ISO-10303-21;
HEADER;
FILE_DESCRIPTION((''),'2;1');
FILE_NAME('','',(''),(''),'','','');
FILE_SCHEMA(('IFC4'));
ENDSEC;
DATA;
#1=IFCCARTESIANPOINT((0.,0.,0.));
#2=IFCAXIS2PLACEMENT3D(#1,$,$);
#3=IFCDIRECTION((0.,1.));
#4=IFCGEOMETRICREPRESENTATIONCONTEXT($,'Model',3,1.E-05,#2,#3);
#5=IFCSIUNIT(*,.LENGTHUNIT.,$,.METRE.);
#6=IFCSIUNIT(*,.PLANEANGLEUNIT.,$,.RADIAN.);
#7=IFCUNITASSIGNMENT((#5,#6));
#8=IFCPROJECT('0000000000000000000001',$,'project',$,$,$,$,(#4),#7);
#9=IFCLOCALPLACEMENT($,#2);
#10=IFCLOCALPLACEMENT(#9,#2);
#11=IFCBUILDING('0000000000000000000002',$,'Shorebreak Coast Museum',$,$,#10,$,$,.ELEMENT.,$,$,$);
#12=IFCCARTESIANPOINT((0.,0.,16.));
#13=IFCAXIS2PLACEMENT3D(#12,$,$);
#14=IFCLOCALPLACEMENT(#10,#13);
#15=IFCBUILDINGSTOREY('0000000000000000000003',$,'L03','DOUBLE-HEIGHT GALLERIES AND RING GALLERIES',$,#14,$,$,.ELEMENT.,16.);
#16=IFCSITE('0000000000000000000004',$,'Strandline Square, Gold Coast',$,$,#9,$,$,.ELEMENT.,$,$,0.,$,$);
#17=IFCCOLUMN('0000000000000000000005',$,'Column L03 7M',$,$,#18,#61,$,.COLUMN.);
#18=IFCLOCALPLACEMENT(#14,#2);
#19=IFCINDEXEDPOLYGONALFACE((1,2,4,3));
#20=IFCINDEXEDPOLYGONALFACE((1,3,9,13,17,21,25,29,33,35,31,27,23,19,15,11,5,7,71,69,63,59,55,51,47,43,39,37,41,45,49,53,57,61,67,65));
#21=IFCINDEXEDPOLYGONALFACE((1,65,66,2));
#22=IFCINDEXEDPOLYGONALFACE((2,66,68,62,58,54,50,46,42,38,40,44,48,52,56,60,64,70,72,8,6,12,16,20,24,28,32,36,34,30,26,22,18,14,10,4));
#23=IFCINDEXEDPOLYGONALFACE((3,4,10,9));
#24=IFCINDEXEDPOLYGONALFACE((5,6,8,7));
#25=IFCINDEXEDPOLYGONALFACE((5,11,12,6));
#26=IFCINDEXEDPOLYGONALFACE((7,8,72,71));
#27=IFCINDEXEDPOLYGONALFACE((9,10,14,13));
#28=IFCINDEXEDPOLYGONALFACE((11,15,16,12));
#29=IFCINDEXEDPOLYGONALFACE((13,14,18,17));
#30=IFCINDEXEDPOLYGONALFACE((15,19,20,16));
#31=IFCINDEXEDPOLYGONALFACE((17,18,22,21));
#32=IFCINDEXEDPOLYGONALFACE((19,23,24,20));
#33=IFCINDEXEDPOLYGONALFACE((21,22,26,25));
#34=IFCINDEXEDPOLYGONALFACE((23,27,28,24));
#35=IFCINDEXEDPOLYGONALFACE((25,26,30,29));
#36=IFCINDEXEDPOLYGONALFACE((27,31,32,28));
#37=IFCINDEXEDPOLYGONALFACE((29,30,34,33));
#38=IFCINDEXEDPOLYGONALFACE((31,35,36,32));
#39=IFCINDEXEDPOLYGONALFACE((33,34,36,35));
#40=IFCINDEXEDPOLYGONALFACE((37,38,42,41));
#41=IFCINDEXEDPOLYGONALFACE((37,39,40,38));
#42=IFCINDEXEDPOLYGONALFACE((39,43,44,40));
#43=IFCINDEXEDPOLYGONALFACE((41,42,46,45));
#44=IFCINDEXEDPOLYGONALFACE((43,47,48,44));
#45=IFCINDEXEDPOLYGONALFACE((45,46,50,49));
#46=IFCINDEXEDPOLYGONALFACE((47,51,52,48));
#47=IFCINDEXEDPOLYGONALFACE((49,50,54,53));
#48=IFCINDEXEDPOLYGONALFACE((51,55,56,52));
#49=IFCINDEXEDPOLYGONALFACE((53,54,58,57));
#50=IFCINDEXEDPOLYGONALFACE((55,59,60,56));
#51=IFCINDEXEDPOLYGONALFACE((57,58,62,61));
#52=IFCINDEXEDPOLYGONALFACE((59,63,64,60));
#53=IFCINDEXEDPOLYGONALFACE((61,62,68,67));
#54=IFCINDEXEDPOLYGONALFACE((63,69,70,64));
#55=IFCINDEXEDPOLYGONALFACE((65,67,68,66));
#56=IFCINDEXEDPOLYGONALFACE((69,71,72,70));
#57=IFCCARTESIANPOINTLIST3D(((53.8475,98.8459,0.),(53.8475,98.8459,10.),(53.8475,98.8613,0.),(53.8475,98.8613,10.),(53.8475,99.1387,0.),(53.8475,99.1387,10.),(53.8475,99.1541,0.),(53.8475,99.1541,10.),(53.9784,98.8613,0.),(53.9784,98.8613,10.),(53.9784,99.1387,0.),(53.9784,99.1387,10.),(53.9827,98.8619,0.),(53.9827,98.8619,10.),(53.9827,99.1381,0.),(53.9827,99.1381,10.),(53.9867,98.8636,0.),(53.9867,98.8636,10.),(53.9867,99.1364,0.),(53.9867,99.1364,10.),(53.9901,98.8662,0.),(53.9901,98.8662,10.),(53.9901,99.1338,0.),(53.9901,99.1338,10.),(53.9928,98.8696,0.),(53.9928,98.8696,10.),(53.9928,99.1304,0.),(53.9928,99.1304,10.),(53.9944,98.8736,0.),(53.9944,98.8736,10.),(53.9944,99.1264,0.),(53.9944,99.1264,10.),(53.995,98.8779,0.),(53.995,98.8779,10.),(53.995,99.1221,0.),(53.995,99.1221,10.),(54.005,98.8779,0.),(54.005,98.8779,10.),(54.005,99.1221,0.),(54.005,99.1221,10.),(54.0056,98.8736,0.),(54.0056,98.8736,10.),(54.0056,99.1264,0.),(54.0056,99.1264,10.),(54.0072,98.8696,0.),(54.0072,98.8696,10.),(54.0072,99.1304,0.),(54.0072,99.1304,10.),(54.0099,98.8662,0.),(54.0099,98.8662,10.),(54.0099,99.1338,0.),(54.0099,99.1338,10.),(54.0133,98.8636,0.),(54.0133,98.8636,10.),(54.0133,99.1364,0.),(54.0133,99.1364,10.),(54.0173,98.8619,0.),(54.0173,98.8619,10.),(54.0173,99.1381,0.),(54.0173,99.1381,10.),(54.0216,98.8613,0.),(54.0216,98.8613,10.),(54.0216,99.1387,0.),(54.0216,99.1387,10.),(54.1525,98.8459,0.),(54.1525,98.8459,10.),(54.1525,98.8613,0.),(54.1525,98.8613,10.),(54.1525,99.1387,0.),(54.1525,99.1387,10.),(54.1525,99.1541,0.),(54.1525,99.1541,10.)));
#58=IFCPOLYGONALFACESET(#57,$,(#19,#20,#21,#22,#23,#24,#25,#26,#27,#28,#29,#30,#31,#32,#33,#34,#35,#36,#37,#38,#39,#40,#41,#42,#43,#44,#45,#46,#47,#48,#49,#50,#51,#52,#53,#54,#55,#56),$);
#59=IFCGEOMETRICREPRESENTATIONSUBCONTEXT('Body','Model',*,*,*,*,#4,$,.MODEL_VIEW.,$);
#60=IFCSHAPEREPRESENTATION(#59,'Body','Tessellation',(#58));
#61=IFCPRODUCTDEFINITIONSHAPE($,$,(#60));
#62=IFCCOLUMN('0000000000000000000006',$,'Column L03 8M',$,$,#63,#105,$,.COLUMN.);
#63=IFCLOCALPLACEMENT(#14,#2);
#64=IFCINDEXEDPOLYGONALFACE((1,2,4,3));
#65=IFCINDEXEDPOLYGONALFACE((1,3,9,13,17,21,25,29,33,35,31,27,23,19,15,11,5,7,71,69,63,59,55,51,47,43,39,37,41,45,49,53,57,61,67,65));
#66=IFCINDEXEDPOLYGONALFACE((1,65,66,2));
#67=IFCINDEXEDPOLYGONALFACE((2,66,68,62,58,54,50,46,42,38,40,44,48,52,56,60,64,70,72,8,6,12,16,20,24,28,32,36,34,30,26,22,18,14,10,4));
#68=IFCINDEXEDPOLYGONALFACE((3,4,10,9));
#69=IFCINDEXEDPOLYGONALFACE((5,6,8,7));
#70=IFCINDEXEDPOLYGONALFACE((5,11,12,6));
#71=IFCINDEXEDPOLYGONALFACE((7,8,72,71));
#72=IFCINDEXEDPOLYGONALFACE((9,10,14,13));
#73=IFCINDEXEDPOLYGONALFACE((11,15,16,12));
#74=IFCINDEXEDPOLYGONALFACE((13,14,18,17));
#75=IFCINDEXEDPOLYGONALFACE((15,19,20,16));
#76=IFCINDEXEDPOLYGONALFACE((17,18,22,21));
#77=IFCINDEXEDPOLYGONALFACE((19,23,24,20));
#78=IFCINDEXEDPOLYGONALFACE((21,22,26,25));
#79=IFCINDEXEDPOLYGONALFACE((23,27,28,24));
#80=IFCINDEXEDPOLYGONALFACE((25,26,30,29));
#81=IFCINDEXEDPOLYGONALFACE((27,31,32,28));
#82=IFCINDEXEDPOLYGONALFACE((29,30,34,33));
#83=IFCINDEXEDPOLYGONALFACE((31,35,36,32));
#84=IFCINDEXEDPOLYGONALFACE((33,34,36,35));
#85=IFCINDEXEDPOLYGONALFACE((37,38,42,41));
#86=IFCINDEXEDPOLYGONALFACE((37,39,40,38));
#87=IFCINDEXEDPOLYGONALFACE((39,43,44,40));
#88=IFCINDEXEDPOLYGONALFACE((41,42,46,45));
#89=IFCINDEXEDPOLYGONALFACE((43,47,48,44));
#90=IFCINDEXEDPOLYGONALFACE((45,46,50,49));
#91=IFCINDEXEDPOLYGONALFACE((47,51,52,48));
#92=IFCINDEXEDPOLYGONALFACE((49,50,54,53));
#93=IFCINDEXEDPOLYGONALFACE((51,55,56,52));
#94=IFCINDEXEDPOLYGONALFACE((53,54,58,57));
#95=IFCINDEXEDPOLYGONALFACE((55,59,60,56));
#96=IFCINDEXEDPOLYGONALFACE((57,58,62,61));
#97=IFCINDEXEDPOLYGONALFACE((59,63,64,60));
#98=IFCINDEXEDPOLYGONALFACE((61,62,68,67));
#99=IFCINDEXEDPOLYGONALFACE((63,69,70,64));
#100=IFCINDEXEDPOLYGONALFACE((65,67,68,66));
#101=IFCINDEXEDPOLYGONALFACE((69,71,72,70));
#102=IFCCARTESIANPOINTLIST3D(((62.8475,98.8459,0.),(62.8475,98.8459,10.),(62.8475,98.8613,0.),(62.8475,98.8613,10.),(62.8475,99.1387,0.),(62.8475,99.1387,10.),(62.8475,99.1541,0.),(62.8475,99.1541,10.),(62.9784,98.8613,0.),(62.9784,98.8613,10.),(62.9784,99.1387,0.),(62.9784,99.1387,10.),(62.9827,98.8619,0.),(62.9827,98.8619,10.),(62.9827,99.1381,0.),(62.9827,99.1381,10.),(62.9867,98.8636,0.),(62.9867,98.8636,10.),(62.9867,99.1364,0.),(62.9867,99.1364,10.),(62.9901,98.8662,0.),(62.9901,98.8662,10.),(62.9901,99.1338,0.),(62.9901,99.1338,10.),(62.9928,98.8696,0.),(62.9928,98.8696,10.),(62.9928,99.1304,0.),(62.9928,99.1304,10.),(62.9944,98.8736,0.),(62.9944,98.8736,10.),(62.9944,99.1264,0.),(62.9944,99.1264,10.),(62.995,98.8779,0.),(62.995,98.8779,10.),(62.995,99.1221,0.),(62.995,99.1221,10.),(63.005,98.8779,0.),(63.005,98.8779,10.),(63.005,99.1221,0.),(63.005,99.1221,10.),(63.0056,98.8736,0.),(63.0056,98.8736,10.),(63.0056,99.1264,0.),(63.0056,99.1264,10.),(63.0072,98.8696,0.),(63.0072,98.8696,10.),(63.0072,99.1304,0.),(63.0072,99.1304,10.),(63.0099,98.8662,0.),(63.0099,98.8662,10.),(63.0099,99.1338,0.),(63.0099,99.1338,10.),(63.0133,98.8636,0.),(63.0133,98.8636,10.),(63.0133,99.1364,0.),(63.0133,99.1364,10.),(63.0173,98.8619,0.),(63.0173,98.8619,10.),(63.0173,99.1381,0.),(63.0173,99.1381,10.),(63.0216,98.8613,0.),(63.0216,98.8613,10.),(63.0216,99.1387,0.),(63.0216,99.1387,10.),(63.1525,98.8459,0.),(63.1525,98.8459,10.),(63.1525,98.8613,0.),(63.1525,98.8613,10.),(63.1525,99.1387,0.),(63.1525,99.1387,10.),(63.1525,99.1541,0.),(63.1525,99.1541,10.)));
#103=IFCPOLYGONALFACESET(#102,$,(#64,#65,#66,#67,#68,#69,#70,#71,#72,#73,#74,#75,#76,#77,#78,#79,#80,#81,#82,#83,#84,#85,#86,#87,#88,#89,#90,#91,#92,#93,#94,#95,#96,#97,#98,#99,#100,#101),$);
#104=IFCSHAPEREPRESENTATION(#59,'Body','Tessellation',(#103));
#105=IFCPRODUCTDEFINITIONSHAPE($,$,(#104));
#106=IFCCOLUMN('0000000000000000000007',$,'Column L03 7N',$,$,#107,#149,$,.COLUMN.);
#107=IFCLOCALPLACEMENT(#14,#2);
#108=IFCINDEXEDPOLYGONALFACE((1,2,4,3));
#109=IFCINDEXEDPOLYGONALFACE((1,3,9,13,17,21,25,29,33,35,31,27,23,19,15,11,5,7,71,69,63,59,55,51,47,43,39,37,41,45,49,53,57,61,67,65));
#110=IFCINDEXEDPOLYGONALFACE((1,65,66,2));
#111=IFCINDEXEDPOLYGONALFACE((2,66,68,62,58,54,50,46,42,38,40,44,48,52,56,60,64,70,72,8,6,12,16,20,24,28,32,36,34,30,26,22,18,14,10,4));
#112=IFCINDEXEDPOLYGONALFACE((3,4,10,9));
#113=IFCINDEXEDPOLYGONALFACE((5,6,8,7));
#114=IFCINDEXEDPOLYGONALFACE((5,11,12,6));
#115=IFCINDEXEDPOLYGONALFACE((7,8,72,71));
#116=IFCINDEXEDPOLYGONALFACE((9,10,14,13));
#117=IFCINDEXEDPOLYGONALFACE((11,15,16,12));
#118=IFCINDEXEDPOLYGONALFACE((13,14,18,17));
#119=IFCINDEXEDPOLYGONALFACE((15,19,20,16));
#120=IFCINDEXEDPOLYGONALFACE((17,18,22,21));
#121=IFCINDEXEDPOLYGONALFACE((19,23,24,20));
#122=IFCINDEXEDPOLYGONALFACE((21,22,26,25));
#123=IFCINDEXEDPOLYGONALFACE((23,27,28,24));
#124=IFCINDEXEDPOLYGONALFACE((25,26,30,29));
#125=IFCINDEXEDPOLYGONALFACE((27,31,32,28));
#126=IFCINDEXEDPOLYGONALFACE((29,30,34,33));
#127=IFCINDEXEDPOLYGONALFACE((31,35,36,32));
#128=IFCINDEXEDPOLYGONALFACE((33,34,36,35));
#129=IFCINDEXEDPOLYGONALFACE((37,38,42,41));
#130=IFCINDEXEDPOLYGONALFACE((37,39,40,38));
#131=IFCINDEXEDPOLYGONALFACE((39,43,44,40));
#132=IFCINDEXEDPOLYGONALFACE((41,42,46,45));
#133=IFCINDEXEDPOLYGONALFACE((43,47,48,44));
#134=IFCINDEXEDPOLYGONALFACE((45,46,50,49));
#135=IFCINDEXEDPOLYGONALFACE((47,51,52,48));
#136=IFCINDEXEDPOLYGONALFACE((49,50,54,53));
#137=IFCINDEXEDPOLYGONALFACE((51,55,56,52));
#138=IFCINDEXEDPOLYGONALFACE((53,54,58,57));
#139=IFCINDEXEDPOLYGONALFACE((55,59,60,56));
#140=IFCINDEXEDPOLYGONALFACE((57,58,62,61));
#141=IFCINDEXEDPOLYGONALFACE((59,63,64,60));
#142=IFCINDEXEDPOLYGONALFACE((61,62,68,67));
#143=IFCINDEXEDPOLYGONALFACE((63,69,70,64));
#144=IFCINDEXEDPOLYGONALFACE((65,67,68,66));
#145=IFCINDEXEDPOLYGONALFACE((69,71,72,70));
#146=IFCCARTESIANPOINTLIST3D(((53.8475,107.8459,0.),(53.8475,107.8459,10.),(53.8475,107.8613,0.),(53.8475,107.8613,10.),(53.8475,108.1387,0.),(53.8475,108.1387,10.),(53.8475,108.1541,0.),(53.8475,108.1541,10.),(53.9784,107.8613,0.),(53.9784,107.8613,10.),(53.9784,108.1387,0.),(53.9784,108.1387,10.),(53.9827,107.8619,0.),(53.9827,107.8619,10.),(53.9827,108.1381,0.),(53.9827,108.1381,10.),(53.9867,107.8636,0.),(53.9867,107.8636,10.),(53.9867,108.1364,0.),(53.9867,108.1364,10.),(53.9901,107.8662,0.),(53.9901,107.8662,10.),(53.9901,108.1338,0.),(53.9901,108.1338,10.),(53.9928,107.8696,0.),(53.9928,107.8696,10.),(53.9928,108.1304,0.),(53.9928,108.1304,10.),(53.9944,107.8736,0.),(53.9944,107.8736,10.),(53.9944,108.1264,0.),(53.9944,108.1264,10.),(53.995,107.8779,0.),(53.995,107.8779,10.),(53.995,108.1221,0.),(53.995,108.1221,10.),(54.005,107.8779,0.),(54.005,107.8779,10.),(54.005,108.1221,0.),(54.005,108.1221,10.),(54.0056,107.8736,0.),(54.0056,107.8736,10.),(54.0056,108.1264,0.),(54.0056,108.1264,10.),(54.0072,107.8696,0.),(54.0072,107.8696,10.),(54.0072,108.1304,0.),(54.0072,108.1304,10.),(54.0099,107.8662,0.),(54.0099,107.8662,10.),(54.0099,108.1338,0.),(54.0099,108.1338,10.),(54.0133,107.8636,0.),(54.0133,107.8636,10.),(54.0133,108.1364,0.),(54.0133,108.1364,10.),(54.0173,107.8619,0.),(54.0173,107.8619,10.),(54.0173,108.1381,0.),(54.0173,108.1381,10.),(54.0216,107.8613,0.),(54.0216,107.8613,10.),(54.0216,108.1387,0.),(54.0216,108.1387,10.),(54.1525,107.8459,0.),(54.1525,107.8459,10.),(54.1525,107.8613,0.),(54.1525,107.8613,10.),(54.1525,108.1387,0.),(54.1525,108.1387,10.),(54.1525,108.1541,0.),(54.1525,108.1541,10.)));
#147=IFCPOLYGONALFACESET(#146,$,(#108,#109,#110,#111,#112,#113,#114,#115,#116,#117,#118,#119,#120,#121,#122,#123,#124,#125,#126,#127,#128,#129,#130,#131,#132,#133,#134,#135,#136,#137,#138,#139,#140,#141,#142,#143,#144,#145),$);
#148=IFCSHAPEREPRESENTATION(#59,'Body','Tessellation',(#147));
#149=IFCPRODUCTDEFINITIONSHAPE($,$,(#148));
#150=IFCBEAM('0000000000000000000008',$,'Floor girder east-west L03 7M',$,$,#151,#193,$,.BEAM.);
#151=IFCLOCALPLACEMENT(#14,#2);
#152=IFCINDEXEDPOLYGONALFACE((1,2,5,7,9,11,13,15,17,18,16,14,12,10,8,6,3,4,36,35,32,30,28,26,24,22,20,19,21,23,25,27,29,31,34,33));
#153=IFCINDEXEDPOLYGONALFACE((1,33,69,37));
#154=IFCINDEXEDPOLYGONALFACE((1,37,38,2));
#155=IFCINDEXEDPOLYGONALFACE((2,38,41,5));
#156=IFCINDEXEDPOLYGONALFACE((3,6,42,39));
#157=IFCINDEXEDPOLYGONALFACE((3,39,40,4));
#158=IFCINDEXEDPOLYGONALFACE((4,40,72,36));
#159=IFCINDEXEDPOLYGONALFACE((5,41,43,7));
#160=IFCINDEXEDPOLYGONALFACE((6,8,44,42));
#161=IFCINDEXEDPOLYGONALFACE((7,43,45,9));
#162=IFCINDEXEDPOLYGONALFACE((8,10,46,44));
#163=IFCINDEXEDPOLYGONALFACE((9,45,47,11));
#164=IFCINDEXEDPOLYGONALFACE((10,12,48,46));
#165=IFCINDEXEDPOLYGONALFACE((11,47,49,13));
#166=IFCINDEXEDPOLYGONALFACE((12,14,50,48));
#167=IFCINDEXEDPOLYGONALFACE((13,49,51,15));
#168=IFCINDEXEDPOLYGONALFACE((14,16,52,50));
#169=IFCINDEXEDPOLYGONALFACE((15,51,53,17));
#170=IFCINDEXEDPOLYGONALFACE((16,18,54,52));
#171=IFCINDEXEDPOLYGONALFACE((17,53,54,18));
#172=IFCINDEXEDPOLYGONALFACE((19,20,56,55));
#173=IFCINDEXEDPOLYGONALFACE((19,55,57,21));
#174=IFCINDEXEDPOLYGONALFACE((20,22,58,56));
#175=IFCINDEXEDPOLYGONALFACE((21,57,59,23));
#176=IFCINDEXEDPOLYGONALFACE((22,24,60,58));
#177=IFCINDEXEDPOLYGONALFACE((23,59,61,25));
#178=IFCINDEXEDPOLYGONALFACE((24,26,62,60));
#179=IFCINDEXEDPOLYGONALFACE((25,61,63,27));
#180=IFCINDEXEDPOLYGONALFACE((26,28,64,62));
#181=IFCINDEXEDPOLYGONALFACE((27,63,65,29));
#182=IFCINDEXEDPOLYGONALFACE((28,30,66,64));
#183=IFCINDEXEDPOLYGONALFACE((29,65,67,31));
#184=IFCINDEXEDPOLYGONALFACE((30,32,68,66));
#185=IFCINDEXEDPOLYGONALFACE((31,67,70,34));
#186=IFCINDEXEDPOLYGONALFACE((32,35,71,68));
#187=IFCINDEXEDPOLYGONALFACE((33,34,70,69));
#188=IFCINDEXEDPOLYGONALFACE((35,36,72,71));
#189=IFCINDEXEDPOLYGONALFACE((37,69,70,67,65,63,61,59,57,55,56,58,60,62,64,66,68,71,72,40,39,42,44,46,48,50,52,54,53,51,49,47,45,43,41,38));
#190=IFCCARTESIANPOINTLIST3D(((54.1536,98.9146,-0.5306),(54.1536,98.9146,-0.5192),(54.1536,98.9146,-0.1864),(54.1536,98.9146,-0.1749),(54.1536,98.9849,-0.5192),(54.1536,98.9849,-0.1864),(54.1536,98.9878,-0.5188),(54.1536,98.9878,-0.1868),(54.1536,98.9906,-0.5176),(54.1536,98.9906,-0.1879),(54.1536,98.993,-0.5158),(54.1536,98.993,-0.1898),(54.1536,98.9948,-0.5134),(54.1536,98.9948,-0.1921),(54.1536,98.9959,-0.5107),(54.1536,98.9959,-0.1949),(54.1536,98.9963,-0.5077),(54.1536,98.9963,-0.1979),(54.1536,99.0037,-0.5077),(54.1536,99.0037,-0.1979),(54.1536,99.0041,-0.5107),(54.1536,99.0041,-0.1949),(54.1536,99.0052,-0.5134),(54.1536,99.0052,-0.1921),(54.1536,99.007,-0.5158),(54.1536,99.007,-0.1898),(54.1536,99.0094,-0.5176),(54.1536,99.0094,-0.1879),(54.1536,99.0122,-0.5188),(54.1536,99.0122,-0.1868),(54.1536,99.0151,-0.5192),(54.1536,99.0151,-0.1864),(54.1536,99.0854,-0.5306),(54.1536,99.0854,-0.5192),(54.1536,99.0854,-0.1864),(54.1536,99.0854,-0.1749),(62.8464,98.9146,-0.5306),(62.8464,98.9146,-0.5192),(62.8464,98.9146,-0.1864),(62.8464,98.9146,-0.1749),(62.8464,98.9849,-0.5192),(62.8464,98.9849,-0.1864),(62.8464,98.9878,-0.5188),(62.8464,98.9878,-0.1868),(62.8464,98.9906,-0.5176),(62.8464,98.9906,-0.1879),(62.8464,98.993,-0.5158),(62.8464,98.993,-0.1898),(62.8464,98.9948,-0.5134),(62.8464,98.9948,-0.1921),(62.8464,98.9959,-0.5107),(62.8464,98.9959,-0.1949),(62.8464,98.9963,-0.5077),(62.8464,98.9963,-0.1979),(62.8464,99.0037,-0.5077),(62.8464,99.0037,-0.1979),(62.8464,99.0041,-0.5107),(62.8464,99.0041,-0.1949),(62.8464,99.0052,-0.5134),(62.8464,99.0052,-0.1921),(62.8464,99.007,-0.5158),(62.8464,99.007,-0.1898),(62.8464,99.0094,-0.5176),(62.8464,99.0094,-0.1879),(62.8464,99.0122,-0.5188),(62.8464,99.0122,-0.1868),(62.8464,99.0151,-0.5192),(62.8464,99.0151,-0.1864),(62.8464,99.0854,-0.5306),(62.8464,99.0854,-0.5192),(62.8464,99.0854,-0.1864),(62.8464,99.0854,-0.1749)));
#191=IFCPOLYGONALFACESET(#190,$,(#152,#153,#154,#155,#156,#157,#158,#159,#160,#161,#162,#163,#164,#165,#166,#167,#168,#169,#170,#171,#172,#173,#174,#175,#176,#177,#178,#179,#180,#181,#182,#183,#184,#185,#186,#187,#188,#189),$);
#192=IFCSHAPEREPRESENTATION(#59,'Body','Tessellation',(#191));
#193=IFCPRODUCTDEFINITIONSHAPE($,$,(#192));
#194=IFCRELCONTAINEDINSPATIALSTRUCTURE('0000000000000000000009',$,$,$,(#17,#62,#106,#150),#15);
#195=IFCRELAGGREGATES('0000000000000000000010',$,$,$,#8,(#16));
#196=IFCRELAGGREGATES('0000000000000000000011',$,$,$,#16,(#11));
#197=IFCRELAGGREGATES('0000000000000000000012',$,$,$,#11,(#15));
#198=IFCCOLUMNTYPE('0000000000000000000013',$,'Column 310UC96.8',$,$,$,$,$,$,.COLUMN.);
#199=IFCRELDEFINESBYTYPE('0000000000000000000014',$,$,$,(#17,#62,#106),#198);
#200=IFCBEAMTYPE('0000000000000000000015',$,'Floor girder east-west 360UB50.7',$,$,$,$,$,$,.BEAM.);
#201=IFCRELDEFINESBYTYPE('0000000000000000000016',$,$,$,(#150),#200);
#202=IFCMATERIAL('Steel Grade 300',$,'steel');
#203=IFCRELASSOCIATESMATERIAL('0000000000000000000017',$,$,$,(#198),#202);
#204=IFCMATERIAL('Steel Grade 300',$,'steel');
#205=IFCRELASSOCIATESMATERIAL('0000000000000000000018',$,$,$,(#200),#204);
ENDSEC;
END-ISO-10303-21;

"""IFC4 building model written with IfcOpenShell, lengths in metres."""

from ifc_helpers import new_model, si_unit, direction, frame, origin, origin_2d, place, context, subcontext, project, spatial, i_section, extrude, material, material_profile, profile_set, type_object, element, save


model = new_model("IFC4")

# Units and contexts
model_context = context("Model", 3, precision=1e-05, world=origin(), true_north=direction((0.0, 1.0)))
body_context = subcontext(model_context, "Body", "Model", "MODEL_VIEW")
ifc_project = project(units=[si_unit("LENGTHUNIT", "METRE"), si_unit("PLANEANGLEUNIT", "RADIAN")], contexts=[model_context])

# Site, building, storey
site_placement = place(None, origin())
site = spatial("IfcSite", under=ifc_project, at=site_placement, Name="Strandline Square, Gold Coast", CompositionType="ELEMENT", RefElevation=0.0)
building_placement = place(site_placement, origin())
building = spatial("IfcBuilding", under=site, at=building_placement, Name="Shorebreak Coast Museum", CompositionType="ELEMENT")
storey_placement = place(building_placement, frame((0.0, 0.0, 16.0)))
storey = spatial("IfcBuildingStorey", under=building, at=storey_placement, Name="L03", Description="DOUBLE-HEIGHT GALLERIES AND RING GALLERIES", CompositionType="ELEMENT", Elevation=16.0)

# Columns
ifc_material_1 = material(Name="Steel Grade 300", Category="steel")
ifc_material_profile_1 = material_profile(ifc_material_1, i_section(OverallWidth=0.3049, OverallDepth=0.3081, WebThickness=0.01, FlangeThickness=0.0154, FilletRadius=0.0166, at=origin_2d()), Name="310UC96.8")
ifc_profile_set_1 = profile_set([ifc_material_profile_1], Name="Steel Grade 300")
column_type = type_object("IfcColumnType", Name="Column 310UC96.8", PredefinedType="COLUMN", material=ifc_profile_set_1)
for number, where, z_axis, x_axis, name in (
    (1, (54.0, 99.0, 0.0), (0.0, 0.0, 1.0), (1.0, 0.0, 0.0), "Column L03 7M"),
    (2, (63.0, 99.0, 0.0), (0.0, 0.0, 1.0), (1.0, 0.0, 0.0), "Column L03 8M"),
    (3, (54.0, 108.0, 0.0), (0.0, 0.0, 1.0), (1.0, 0.0, 0.0), "Column L03 7N"),
):
    element("IfcColumn", number, at=place(storey_placement, frame(where, z_axis=z_axis, x_axis=x_axis)), inside=storey, type_object=column_type, Name=name, PredefinedType="COLUMN", context=body_context, shape_type="SweptSolid", body=[
        extrude(i_section(OverallWidth=0.3049, OverallDepth=0.3081, WebThickness=0.01, FlangeThickness=0.0154, FilletRadius=0.0166, at=origin_2d()), origin(), (0.0, 0.0, 1.0), 10.0),
    ])

# Beam
ifc_material_2 = material(Name="Steel Grade 300", Category="steel")
ifc_material_profile_2 = material_profile(ifc_material_2, i_section(OverallWidth=0.1709, OverallDepth=0.3557, WebThickness=0.0073, FlangeThickness=0.0115, FilletRadius=0.0115, at=origin_2d()), Name="360UB50.7")
ifc_profile_set_2 = profile_set([ifc_material_profile_2], Name="Steel Grade 300")
beam_type_1 = type_object("IfcBeamType", Name="Floor girder east-west 360UB50.7", PredefinedType="BEAM", material=ifc_profile_set_2)
for number, where, z_axis, x_axis, name in (
    (4, (54.1536, 99.0, -0.3528), (1.0, 0.0, 0.0), (0.0, 1.0, 0.0), "Floor girder east-west L03 7M"),
):
    element("IfcBeam", number, at=place(storey_placement, frame(where, z_axis=z_axis, x_axis=x_axis)), inside=storey, type_object=beam_type_1, Name=name, PredefinedType="BEAM", context=body_context, shape_type="SweptSolid", body=[
        extrude(i_section(OverallWidth=0.1709, OverallDepth=0.3557, WebThickness=0.0073, FlangeThickness=0.0115, FilletRadius=0.0115, at=origin_2d()), origin(), (0.0, 0.0, 1.0), 8.6929),
    ])

save(model, "model.ifc")
